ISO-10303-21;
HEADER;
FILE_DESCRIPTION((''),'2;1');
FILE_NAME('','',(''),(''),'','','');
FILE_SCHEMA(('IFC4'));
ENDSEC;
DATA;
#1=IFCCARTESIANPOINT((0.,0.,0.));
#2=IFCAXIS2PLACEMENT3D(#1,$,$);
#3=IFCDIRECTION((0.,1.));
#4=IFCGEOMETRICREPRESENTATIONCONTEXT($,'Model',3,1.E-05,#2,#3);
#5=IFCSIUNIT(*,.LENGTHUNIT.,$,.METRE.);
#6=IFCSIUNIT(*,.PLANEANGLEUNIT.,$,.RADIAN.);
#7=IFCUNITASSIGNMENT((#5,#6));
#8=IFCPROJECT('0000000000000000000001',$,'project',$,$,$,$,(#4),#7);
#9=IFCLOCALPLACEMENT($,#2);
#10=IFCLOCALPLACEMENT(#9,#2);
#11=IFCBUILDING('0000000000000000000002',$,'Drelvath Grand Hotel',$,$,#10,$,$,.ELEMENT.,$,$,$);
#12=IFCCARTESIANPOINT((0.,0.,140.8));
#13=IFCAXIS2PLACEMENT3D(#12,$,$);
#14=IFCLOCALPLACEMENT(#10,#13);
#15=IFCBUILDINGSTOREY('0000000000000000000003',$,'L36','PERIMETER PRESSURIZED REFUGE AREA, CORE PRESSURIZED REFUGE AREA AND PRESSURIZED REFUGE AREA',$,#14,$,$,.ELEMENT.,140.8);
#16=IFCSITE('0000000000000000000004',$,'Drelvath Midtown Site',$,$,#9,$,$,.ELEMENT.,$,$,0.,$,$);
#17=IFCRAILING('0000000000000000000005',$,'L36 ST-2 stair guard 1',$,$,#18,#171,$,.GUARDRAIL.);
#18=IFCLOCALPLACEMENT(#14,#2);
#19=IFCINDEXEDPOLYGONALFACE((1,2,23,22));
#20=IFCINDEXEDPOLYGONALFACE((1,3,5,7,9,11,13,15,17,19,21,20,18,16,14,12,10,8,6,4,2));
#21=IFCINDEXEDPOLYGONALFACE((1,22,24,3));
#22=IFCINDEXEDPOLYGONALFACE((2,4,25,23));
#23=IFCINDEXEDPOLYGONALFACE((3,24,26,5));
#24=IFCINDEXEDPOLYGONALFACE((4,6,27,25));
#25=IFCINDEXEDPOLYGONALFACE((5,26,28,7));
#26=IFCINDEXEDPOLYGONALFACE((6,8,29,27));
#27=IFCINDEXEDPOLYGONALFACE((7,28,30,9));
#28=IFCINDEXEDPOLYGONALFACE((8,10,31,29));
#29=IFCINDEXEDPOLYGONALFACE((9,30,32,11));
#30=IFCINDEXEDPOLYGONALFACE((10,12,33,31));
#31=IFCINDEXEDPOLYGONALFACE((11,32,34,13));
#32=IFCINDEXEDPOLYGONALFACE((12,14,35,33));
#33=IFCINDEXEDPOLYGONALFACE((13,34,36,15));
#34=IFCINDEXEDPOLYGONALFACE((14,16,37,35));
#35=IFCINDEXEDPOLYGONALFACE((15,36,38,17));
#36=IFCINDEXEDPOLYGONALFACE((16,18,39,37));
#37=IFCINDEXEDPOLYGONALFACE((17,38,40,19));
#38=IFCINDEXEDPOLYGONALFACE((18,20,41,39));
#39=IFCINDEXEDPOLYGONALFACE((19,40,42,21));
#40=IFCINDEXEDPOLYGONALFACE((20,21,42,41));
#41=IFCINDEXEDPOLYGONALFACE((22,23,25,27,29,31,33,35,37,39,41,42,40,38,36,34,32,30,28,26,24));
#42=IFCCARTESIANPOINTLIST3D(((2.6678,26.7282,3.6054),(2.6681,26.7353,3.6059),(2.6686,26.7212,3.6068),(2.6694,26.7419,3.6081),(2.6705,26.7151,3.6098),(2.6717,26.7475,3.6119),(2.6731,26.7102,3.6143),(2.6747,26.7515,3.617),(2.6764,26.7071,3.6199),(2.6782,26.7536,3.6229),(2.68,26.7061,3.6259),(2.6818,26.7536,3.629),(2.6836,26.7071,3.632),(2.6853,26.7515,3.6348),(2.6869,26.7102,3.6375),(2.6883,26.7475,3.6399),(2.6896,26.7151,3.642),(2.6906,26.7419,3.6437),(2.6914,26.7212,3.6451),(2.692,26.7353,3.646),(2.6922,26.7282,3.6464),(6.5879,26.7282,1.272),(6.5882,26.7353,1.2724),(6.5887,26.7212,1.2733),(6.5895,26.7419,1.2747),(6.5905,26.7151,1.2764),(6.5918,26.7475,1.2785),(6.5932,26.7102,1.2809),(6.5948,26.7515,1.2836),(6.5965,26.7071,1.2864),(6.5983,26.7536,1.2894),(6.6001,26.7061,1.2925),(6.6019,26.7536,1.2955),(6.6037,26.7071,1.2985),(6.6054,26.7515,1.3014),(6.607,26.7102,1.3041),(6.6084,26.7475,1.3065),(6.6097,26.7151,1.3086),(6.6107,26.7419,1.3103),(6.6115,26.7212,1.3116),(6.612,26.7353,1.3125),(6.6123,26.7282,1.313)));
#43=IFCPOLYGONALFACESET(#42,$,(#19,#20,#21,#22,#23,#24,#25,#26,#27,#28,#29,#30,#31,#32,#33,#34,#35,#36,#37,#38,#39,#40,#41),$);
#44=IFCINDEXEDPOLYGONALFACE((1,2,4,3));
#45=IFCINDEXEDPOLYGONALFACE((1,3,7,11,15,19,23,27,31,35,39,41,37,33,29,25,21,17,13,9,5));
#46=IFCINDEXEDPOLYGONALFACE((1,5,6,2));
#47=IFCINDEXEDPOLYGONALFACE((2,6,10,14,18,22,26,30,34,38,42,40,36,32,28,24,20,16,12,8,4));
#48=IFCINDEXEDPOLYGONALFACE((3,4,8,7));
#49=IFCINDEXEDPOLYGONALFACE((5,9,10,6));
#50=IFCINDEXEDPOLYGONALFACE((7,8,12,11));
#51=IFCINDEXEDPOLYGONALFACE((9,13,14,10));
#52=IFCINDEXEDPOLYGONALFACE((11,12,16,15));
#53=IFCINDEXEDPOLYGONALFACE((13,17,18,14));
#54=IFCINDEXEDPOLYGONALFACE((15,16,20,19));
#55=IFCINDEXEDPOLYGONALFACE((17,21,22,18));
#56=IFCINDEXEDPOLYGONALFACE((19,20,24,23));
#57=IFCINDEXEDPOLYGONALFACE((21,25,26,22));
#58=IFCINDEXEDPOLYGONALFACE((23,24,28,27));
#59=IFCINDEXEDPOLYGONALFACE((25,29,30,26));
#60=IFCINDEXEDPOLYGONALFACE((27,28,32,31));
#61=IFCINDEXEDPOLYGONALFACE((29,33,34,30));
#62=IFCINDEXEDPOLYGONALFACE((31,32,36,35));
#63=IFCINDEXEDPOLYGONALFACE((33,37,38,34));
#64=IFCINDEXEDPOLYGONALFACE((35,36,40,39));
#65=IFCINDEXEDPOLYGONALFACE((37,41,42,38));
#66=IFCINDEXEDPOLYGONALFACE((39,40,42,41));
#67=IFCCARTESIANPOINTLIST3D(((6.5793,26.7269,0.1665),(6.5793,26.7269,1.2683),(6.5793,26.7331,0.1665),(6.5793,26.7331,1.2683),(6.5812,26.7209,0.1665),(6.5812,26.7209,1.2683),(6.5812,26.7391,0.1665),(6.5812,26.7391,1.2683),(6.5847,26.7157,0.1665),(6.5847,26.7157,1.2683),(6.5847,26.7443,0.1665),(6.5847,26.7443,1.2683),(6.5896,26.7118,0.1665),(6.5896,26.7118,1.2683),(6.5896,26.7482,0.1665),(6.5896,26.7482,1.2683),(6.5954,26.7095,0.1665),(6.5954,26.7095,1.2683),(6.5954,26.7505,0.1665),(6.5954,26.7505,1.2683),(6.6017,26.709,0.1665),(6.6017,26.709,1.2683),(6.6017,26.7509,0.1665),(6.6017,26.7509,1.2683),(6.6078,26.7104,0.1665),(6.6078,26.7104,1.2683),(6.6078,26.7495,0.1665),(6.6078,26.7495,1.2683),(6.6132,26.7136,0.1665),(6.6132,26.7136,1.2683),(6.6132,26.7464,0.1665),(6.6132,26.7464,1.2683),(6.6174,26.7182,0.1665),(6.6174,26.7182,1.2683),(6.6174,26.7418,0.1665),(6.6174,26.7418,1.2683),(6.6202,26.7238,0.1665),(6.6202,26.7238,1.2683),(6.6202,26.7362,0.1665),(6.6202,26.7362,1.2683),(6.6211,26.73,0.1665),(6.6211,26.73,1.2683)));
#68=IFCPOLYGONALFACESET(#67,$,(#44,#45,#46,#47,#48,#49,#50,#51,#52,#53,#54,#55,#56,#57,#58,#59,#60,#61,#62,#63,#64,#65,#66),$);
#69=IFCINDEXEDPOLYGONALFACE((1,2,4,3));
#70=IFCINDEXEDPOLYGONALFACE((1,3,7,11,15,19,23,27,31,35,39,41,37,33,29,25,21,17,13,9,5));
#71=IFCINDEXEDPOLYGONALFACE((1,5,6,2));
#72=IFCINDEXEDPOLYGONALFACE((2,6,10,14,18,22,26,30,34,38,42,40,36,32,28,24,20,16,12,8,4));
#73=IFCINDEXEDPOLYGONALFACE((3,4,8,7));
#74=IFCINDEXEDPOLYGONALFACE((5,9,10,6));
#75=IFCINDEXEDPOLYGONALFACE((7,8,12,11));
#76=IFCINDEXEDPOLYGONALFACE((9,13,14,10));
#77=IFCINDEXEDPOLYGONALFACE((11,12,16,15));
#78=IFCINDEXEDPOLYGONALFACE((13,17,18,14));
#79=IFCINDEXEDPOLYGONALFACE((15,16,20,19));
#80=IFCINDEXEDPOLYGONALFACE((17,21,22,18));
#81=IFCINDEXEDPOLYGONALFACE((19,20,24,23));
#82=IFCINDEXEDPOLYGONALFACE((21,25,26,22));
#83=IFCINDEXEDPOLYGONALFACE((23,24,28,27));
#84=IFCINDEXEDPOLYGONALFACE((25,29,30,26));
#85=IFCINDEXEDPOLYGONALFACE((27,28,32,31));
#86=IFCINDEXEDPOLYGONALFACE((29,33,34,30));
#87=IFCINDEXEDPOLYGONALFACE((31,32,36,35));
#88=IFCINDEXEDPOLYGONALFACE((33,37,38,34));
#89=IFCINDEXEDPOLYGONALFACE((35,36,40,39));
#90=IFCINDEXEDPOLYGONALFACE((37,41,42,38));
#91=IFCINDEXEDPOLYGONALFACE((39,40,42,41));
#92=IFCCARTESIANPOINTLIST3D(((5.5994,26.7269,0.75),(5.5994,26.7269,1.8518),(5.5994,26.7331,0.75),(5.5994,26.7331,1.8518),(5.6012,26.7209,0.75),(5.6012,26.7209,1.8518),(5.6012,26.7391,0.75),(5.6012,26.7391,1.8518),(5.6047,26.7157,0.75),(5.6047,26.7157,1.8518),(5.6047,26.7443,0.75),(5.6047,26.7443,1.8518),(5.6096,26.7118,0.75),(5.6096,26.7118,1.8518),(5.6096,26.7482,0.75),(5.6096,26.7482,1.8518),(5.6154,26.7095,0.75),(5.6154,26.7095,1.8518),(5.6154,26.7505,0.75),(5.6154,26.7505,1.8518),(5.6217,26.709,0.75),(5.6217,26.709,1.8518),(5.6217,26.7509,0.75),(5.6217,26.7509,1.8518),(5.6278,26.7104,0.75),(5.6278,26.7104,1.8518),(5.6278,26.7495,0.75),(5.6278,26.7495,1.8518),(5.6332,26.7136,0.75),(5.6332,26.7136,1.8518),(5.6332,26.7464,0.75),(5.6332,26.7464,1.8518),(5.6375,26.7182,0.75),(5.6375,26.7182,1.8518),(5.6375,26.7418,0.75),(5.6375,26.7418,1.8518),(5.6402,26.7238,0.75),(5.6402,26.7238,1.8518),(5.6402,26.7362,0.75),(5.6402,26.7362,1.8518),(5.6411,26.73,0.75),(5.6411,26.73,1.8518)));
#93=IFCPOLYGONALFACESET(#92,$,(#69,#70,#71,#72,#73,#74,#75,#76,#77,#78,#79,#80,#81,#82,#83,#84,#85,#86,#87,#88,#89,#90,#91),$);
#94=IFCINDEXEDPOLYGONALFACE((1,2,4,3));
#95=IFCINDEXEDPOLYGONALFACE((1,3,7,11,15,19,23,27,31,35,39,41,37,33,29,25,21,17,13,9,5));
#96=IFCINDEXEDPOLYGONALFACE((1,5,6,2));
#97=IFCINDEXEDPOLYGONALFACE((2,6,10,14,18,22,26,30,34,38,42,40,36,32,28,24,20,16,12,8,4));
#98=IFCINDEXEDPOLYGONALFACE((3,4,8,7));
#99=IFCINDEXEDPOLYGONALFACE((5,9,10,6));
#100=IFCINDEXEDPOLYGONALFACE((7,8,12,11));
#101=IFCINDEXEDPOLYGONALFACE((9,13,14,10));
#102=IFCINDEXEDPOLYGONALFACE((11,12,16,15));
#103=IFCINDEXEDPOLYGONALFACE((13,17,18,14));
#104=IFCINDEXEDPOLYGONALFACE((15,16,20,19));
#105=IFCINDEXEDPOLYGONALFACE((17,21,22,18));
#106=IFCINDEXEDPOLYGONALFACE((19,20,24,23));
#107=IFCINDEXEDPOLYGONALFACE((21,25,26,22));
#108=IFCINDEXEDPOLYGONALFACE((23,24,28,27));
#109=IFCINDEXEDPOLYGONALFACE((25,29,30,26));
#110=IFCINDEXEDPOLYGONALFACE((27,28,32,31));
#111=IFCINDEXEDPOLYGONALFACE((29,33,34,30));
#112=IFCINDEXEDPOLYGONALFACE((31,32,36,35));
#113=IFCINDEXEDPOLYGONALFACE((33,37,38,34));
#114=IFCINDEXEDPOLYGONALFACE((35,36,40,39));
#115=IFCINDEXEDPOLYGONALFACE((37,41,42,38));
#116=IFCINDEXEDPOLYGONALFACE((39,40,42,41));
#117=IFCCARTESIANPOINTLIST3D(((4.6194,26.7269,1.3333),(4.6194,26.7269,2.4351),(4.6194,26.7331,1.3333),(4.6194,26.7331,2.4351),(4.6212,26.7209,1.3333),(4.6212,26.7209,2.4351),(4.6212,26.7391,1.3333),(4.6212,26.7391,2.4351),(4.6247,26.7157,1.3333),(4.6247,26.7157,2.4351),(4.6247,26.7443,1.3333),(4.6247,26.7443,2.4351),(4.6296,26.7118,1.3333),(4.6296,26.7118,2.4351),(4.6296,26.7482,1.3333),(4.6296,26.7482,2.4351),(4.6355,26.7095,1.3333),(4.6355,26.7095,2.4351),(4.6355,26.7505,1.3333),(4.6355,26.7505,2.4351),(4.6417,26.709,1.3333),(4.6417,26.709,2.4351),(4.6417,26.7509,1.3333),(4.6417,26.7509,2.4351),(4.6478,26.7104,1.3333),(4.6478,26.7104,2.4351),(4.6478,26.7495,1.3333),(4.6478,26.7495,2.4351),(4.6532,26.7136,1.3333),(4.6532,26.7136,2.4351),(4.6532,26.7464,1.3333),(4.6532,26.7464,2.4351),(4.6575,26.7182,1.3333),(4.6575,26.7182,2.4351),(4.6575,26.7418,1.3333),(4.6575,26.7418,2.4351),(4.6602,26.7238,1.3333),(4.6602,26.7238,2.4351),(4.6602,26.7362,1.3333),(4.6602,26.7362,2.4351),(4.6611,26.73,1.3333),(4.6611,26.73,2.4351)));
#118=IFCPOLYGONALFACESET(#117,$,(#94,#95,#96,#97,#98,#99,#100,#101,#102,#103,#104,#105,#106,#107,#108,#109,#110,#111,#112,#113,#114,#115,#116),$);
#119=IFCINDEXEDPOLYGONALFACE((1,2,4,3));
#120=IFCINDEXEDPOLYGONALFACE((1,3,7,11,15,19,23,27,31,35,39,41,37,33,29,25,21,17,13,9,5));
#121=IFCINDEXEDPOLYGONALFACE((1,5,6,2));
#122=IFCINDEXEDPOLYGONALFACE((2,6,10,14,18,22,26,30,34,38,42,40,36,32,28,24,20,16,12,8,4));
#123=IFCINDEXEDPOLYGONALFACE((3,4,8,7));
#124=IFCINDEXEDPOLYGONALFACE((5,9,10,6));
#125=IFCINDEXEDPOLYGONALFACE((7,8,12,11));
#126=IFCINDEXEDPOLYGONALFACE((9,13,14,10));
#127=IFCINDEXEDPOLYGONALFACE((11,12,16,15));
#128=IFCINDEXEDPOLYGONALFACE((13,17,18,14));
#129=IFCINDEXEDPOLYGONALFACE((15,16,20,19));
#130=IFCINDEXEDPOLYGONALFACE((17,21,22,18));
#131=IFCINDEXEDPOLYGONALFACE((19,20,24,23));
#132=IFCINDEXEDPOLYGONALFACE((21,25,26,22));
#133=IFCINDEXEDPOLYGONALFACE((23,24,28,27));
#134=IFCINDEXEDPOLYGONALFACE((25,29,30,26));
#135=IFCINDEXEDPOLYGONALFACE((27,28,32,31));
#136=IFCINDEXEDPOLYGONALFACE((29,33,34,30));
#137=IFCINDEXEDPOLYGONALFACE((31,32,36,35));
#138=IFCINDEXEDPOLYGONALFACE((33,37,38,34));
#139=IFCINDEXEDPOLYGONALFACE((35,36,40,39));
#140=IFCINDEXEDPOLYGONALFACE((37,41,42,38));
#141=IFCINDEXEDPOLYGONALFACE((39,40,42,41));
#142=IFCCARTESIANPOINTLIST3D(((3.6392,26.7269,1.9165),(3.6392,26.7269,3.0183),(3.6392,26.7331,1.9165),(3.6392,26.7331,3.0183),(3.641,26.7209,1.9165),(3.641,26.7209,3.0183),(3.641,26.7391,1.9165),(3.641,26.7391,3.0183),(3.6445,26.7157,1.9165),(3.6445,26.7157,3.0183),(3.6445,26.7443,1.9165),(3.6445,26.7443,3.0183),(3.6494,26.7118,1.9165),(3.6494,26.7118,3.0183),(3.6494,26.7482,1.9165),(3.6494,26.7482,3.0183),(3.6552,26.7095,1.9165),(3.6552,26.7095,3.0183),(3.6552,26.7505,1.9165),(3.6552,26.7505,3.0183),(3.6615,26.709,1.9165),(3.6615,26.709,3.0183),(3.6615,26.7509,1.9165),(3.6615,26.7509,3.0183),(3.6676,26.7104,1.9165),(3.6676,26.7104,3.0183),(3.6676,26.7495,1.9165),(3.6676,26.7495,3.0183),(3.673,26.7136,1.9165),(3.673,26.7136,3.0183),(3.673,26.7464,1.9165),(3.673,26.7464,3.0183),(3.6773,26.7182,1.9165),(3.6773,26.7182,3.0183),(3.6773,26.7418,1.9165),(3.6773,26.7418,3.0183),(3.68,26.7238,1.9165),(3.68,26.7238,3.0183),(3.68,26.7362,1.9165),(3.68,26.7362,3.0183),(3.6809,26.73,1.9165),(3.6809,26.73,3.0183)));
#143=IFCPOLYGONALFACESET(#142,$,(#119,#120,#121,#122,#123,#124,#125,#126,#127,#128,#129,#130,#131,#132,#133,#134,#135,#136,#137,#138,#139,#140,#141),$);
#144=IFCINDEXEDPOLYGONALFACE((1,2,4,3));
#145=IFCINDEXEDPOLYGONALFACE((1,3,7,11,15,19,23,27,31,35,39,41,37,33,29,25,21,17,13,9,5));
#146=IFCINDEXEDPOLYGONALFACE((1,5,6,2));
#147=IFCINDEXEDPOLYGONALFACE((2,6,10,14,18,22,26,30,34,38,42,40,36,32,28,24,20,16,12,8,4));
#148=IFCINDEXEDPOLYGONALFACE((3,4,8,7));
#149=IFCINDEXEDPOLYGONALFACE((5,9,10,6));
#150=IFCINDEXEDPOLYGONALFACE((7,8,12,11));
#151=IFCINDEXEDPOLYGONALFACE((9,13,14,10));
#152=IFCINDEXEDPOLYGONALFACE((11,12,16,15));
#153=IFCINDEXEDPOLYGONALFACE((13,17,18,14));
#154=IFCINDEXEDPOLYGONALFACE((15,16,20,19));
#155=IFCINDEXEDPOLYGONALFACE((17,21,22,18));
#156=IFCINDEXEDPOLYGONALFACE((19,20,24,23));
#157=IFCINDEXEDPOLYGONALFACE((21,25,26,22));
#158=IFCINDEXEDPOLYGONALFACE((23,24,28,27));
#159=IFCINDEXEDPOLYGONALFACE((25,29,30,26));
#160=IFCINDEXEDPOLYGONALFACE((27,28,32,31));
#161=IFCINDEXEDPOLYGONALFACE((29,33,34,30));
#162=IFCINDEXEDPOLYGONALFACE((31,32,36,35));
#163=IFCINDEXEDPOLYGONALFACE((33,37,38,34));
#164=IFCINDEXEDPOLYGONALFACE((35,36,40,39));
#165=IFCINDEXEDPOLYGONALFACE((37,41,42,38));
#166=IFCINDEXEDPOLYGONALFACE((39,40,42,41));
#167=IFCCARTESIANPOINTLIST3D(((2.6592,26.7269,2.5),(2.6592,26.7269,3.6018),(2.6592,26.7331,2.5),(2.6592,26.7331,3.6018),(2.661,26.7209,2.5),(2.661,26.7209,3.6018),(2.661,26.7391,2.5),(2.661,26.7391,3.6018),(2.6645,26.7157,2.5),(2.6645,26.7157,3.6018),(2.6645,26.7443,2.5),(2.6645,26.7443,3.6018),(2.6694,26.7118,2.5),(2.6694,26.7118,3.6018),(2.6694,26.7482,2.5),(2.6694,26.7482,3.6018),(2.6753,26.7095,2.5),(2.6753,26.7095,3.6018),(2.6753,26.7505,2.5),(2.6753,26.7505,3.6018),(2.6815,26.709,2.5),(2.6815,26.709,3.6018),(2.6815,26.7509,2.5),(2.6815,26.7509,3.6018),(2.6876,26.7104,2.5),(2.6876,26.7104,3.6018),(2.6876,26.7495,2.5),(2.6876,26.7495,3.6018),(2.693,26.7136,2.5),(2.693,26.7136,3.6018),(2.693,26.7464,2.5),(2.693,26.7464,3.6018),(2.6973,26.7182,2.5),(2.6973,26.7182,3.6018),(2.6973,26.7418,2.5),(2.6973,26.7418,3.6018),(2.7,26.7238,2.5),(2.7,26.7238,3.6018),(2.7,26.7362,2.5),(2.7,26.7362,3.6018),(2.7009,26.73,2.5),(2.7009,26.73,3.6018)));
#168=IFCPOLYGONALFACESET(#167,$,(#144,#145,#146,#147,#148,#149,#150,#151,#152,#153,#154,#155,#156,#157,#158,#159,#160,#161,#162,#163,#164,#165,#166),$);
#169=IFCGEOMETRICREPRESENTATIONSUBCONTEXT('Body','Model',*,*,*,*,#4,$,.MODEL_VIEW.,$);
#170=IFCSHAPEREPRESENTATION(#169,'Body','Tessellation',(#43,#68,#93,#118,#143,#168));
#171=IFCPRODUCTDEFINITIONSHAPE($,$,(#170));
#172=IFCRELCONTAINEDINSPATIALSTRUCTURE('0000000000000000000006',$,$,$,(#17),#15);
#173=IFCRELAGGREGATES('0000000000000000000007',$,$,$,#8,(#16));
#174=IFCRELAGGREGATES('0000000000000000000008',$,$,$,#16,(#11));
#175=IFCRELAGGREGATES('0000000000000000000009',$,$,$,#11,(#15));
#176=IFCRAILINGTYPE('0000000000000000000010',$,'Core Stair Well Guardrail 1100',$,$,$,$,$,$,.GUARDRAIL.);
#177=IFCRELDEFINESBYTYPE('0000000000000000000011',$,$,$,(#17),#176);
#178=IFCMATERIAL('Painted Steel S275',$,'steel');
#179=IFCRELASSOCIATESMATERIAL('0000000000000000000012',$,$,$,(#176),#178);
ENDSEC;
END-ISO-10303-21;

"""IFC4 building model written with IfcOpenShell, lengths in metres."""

from ifc_helpers import new_model, si_unit, direction, frame, origin, origin_2d, place, context, subcontext, project, spatial, circle, extrude, material, type_object, element, save


model = new_model("IFC4")

# Units and contexts
model_context = context("Model", 3, precision=1e-05, world=origin(), true_north=direction((0.0, 1.0)))
body_context = subcontext(model_context, "Body", "Model", "MODEL_VIEW")
ifc_project = project(units=[si_unit("LENGTHUNIT", "METRE"), si_unit("PLANEANGLEUNIT", "RADIAN")], contexts=[model_context])

# Site, building, storey
site_placement = place(None, origin())
site = spatial("IfcSite", under=ifc_project, at=site_placement, Name="Drelvath Midtown Site", CompositionType="ELEMENT", RefElevation=0.0)
building_placement = place(site_placement, origin())
building = spatial("IfcBuilding", under=site, at=building_placement, Name="Drelvath Grand Hotel", CompositionType="ELEMENT")
storey_placement = place(building_placement, frame((0.0, 0.0, 140.8)))
storey = spatial("IfcBuildingStorey", under=building, at=storey_placement, Name="L36", Description="PERIMETER PRESSURIZED REFUGE AREA, CORE PRESSURIZED REFUGE AREA AND PRESSURIZED REFUGE AREA", CompositionType="ELEMENT", Elevation=140.8)

# Shared definitions
ifc_material_1 = material(Name="Painted Steel S275", Category="steel")

# Railing
railing_type_1 = type_object("IfcRailingType", Name="Core Stair Well Guardrail 1100", PredefinedType="GUARDRAIL", material=ifc_material_1)
railing_1_placement = place(storey_placement, frame((6.6001, 26.73, 0.1665)))
element("IfcRailing", 1, at=railing_1_placement, inside=storey, type_object=railing_type_1, Name="L36 ST-2 stair guard 1", PredefinedType="GUARDRAIL", context=body_context, shape_type="SweptSolid", body=[
    extrude(circle(Radius=0.0239, at=origin_2d()), frame((0.0, 0.0, 1.126), z_axis=(-0.859287, 0.0, 0.511494), x_axis=(0.0, -1.0, 0.0)), (0.0, 0.0, 1.0), 4.562),
    extrude(circle(Radius=0.021, at=origin_2d()), origin(), (0.0, 0.0, 1.0), 1.1018),
    extrude(circle(Radius=0.021, at=origin_2d()), frame((-0.98, 0.0, 0.5835)), (0.0, 0.0, 1.0), 1.1018),
    extrude(circle(Radius=0.021, at=origin_2d()), frame((-1.96, 0.0, 1.1667)), (0.0, 0.0, 1.0), 1.1018),
    extrude(circle(Radius=0.021, at=origin_2d()), frame((-2.9402, 0.0, 1.75)), (0.0, 0.0, 1.0), 1.1018),
    extrude(circle(Radius=0.021, at=origin_2d()), frame((-3.9202, 0.0, 2.3335)), (0.0, 0.0, 1.0), 1.1018),
])

save(model, "model.ifc")
